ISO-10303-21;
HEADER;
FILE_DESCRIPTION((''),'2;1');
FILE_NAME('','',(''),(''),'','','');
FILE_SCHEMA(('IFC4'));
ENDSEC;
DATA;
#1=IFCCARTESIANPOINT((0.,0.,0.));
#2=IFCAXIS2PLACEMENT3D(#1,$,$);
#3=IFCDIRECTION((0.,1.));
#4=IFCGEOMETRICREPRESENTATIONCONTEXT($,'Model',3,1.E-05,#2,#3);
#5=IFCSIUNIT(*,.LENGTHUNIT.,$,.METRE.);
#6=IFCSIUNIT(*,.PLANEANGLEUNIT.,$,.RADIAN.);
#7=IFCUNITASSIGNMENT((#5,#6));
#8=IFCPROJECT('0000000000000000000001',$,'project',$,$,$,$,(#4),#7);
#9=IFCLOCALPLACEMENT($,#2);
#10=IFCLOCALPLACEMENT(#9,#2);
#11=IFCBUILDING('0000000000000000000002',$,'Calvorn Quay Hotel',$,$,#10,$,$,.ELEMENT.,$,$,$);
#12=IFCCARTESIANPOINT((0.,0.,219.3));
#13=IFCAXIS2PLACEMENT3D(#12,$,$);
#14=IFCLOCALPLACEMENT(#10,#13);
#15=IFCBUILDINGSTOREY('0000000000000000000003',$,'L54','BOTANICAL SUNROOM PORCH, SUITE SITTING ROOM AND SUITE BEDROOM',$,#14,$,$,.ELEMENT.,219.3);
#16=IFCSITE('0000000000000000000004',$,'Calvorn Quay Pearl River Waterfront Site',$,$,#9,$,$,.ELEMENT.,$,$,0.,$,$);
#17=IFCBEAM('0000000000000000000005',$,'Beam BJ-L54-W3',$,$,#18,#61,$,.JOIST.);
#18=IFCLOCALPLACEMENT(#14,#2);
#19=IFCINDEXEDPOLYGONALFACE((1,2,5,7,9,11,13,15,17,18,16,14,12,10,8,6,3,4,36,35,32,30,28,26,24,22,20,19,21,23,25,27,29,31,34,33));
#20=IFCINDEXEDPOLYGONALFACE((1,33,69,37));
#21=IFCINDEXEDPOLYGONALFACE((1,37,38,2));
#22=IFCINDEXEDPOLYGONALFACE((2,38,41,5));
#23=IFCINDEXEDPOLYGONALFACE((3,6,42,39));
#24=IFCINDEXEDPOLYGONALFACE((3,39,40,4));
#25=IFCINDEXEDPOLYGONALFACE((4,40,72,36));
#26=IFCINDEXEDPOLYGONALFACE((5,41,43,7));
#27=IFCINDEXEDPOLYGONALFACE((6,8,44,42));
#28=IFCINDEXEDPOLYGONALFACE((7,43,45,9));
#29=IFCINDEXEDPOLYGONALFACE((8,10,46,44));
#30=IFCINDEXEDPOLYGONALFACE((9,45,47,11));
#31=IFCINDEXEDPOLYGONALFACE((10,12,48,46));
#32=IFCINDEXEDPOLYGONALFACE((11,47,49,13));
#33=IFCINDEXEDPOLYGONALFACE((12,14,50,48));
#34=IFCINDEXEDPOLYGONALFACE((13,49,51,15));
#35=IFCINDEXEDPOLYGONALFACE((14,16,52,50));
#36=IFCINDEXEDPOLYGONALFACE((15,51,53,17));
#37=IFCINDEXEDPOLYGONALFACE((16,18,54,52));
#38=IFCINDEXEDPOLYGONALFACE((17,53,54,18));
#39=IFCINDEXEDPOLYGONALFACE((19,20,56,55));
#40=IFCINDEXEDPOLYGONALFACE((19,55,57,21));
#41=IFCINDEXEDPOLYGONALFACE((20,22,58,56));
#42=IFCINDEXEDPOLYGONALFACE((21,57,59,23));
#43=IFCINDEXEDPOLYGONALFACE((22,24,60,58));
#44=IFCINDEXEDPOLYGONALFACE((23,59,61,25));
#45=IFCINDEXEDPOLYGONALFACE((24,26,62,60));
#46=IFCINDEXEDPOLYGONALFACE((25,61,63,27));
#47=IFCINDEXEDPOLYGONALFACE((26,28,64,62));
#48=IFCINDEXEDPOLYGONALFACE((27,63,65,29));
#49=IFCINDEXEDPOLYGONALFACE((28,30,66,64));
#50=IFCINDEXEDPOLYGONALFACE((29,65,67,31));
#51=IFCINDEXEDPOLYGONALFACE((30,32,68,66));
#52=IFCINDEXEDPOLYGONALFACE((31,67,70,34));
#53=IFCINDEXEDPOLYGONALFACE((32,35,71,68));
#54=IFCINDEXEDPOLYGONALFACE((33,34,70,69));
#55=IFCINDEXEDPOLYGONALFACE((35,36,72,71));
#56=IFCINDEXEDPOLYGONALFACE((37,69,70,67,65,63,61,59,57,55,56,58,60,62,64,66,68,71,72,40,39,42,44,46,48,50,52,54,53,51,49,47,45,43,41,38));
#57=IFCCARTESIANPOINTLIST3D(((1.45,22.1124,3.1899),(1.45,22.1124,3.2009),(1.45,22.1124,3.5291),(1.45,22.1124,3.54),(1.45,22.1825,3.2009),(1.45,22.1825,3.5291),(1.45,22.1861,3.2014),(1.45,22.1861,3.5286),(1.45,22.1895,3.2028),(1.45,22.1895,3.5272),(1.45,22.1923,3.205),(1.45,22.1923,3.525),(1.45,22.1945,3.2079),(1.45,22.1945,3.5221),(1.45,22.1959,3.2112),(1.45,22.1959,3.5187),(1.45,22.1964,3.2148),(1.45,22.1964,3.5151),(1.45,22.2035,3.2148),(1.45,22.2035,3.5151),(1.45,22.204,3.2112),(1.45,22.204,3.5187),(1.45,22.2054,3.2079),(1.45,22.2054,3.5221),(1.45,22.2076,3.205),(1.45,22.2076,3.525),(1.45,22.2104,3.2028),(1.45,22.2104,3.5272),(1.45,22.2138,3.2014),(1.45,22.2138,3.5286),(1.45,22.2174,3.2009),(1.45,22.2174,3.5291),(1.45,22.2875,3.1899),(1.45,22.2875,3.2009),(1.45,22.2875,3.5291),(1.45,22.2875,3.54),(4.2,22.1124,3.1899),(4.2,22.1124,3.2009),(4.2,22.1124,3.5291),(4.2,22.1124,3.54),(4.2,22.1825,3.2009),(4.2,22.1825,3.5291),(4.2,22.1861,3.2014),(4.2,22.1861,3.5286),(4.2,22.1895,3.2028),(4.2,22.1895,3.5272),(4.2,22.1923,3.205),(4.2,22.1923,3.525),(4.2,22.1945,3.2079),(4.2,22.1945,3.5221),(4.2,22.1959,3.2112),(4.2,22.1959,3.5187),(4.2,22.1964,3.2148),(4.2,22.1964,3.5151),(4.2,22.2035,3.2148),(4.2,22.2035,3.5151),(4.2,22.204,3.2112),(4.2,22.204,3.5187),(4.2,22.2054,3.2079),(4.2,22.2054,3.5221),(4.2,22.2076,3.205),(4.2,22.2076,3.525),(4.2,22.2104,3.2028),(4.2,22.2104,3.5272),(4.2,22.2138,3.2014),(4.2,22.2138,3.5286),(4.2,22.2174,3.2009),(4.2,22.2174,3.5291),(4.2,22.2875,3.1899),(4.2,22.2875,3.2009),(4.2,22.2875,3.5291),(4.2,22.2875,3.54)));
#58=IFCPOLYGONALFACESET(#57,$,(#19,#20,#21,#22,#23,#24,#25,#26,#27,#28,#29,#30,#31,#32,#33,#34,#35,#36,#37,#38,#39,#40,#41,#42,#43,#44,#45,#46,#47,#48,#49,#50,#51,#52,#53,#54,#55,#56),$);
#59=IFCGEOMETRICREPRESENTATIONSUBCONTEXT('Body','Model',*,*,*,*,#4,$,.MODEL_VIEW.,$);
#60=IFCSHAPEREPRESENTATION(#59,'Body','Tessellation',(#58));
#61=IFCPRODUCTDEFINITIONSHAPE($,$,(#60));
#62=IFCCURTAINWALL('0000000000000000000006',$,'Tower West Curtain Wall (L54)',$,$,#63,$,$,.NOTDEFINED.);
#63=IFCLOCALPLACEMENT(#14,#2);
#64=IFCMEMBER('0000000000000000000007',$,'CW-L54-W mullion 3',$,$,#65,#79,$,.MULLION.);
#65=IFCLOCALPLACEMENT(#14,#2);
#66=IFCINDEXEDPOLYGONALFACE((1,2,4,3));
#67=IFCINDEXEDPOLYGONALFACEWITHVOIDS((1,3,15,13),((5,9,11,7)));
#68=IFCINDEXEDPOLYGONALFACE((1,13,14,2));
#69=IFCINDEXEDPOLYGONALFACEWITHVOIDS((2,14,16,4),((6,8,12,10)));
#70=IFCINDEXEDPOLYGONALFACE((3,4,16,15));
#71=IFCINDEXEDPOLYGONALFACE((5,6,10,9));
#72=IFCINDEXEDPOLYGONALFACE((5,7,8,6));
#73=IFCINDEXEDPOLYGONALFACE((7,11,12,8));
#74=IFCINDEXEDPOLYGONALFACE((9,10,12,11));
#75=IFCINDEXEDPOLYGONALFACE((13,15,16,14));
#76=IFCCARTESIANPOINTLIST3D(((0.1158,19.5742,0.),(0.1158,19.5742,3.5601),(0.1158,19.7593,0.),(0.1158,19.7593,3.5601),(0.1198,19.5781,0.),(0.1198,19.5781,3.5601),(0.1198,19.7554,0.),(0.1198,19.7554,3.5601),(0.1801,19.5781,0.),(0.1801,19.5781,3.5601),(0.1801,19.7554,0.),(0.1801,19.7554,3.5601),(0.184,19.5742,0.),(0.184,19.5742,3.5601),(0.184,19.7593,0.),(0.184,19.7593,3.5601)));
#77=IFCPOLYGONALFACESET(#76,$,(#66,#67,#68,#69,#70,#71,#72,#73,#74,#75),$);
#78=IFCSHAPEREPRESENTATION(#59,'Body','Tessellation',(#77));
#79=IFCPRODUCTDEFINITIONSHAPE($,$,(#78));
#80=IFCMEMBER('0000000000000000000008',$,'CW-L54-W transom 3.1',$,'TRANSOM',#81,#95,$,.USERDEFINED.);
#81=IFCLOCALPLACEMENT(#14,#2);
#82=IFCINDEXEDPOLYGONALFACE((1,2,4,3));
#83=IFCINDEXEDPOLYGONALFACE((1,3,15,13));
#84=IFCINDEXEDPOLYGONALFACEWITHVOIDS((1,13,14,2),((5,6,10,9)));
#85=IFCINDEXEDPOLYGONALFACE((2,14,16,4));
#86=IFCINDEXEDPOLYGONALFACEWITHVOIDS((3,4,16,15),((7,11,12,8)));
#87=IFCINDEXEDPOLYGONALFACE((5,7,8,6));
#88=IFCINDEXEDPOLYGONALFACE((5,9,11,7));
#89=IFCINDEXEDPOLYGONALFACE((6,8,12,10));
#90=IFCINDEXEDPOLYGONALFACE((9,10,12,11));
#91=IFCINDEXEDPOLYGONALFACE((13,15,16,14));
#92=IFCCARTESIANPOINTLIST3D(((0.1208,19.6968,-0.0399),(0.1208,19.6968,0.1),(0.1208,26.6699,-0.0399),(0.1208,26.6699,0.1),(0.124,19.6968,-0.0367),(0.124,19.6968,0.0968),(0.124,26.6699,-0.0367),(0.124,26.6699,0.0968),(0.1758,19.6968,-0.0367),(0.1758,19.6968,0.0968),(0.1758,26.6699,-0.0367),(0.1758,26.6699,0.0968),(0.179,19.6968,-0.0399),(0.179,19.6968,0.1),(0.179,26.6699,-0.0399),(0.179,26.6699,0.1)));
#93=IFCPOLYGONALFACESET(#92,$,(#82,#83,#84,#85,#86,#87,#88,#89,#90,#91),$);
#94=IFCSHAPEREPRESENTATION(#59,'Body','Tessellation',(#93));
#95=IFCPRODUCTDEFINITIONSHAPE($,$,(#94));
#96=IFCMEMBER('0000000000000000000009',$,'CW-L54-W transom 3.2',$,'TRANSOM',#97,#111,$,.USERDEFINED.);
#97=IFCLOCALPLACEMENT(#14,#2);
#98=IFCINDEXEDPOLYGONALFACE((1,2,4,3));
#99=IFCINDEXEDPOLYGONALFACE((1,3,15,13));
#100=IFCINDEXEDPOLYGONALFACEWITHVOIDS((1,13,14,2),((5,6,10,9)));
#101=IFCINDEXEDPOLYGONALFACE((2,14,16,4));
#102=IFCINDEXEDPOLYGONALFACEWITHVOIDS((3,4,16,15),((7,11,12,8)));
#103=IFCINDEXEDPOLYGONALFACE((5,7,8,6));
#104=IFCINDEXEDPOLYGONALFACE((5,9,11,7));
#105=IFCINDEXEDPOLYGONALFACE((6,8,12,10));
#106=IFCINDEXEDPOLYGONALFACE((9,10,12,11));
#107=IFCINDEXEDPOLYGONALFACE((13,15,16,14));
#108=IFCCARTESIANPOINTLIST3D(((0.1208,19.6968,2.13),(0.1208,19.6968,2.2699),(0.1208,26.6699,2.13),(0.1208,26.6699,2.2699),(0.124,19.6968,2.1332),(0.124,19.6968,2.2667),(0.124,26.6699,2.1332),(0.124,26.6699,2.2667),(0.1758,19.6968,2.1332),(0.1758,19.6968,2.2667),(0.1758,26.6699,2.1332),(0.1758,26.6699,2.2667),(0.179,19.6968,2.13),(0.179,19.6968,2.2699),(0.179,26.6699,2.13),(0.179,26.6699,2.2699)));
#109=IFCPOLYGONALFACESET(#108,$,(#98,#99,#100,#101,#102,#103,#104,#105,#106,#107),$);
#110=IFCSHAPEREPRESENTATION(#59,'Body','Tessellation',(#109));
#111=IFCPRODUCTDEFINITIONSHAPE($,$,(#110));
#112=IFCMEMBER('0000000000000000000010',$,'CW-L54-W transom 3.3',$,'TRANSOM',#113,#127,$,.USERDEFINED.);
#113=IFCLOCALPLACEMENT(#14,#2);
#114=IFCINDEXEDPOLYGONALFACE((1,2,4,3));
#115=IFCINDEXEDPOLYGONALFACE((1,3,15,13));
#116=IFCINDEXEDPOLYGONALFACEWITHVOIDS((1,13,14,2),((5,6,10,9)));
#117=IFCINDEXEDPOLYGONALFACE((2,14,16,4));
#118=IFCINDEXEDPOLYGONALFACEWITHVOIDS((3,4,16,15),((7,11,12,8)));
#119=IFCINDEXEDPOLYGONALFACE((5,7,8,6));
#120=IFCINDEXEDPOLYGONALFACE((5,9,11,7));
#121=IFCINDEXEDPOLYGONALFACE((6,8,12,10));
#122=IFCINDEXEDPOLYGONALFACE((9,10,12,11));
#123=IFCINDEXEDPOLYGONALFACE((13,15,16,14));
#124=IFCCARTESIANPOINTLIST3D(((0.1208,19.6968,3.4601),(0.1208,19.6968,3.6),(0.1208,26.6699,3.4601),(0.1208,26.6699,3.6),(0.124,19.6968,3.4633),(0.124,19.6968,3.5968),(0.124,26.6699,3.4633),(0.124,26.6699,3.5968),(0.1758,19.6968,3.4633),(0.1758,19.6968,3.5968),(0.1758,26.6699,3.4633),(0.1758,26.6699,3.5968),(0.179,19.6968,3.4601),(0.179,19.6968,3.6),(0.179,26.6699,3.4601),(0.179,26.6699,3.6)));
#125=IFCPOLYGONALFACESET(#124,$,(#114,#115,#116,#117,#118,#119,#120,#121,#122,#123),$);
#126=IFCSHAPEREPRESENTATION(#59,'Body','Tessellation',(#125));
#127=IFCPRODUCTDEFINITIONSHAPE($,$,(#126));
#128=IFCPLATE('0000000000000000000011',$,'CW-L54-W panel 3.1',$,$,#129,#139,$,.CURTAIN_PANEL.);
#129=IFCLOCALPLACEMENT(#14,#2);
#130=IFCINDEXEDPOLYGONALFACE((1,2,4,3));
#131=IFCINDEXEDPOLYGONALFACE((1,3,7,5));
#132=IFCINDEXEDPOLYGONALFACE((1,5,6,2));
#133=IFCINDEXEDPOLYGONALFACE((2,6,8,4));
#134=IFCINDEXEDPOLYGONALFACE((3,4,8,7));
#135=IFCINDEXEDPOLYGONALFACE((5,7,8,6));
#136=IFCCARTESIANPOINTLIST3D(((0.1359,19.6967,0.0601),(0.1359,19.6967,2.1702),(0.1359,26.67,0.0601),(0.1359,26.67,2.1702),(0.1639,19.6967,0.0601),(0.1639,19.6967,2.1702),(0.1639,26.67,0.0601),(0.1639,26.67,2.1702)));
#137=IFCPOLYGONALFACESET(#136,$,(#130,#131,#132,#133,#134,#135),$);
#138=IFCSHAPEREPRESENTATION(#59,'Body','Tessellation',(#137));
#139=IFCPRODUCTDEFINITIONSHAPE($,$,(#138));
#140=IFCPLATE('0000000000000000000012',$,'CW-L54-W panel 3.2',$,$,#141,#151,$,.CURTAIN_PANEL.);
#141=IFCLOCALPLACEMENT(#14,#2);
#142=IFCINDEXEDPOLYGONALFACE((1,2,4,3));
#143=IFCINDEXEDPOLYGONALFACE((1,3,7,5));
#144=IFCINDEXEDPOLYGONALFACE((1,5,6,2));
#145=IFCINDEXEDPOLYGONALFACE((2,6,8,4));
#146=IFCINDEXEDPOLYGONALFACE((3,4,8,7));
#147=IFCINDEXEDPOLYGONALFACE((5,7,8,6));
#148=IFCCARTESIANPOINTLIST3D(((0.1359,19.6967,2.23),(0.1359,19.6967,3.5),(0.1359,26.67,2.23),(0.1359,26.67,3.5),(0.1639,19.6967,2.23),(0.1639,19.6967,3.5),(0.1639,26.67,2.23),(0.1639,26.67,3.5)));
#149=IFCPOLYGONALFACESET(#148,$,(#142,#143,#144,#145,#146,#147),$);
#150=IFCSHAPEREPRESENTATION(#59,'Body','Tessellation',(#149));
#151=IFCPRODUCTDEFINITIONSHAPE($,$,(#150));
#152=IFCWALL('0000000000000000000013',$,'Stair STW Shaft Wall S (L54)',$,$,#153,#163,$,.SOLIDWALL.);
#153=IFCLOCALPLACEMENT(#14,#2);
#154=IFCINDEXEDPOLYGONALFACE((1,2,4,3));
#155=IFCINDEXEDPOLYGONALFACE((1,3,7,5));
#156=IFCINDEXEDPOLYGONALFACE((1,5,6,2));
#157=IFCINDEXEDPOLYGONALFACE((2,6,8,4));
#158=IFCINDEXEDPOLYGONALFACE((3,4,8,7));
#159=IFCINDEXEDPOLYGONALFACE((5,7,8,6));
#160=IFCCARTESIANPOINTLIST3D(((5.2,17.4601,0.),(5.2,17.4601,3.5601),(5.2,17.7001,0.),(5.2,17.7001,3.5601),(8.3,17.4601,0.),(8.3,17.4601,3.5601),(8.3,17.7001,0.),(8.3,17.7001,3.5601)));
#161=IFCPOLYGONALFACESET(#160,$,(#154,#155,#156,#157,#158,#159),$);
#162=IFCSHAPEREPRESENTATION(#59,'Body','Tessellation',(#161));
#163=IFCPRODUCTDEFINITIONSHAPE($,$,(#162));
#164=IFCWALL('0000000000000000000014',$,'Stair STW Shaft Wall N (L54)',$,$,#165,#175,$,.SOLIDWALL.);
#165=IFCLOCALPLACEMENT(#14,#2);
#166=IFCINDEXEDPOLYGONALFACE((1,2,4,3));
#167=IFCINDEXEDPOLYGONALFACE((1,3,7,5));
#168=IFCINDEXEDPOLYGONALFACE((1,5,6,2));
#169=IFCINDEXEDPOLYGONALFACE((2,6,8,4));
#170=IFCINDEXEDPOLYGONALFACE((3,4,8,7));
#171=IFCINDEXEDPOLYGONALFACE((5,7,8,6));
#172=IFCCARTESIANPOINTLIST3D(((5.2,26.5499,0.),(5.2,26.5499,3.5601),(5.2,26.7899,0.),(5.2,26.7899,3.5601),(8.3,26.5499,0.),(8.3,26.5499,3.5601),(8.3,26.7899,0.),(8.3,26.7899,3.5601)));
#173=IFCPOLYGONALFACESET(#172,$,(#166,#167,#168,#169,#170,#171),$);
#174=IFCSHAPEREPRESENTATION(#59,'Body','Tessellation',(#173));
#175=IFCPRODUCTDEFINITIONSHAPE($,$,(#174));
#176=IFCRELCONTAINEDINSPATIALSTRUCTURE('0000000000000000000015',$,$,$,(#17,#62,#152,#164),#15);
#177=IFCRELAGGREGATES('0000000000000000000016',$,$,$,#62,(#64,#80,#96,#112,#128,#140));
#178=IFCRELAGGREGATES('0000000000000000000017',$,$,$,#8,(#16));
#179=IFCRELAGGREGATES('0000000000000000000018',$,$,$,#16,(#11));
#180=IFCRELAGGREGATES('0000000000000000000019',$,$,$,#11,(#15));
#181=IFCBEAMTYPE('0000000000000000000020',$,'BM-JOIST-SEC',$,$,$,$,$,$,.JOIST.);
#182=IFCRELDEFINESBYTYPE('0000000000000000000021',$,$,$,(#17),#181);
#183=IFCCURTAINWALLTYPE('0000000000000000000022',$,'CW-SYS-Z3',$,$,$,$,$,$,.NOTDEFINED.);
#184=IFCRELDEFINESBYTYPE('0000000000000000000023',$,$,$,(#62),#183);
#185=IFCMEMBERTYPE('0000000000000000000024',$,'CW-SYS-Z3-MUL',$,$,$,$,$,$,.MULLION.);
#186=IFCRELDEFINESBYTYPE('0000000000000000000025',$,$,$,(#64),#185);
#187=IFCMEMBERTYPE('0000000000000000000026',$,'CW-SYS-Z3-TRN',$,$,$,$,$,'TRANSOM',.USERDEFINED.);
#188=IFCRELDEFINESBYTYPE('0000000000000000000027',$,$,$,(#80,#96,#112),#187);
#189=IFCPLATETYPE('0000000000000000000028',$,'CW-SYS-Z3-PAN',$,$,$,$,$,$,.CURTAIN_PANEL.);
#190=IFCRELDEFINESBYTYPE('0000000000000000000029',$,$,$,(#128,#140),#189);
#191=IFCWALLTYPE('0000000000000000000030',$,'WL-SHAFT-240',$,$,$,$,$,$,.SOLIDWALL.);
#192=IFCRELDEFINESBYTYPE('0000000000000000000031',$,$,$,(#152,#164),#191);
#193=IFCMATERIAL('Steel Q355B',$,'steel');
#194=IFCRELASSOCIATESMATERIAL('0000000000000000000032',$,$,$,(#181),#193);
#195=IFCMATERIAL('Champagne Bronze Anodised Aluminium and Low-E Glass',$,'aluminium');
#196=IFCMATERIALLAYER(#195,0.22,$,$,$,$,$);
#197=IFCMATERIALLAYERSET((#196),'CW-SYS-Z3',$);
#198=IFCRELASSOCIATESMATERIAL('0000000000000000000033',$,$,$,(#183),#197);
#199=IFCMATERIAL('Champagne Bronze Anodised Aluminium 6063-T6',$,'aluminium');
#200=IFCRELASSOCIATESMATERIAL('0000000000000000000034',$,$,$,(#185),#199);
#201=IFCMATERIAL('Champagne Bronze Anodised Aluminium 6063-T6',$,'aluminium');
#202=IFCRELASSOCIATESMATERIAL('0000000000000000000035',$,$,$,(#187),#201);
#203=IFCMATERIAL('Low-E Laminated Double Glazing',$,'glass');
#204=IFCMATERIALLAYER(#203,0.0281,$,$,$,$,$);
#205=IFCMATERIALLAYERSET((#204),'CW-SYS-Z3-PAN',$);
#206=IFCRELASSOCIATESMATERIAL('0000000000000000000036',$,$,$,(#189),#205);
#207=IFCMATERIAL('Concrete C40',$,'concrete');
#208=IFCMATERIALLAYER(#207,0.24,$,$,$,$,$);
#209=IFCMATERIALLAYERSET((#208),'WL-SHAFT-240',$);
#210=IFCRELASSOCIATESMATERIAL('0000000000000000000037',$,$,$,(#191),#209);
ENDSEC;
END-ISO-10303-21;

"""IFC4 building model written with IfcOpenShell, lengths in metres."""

from ifc_helpers import new_model, si_unit, direction, frame, frame_2d, origin, origin_2d, place, context, subcontext, project, spatial, rectangle, hollow_rectangle, i_section, extrude, material, layer, layer_set, material_profile, profile_set, type_object, element, aggregate, save


model = new_model("IFC4")

# Units and contexts
model_context = context("Model", 3, precision=1e-05, world=origin(), true_north=direction((0.0, 1.0)))
body_context = subcontext(model_context, "Body", "Model", "MODEL_VIEW")
ifc_project = project(units=[si_unit("LENGTHUNIT", "METRE"), si_unit("PLANEANGLEUNIT", "RADIAN")], contexts=[model_context])

# Site, building, storey
site_placement = place(None, origin())
site = spatial("IfcSite", under=ifc_project, at=site_placement, Name="Calvorn Quay Pearl River Waterfront Site", CompositionType="ELEMENT", RefElevation=0.0)
building_placement = place(site_placement, origin())
building = spatial("IfcBuilding", under=site, at=building_placement, Name="Calvorn Quay Hotel", CompositionType="ELEMENT")
storey_placement = place(building_placement, frame((0.0, 0.0, 219.3)))
storey = spatial("IfcBuildingStorey", under=building, at=storey_placement, Name="L54", Description="BOTANICAL SUNROOM PORCH, SUITE SITTING ROOM AND SUITE BEDROOM", CompositionType="ELEMENT", Elevation=219.3)

# Beam
ifc_material_1 = material(Name="Steel Q355B", Category="steel")
ifc_material_profile_1 = material_profile(ifc_material_1, i_section(OverallWidth=0.175, OverallDepth=0.3501, WebThickness=0.0071, FlangeThickness=0.011, FilletRadius=0.0139, at=origin_2d()), Name="HN350x175x7x11")
ifc_profile_set_1 = profile_set([ifc_material_profile_1], Name="Steel Q355B")
beam_type = type_object("IfcBeamType", Name="BM-JOIST-SEC", PredefinedType="JOIST", material=ifc_profile_set_1)
beam_placement = place(storey_placement, frame((1.45, 22.2, 3.365), z_axis=(1.0, 0.0, 0.0), x_axis=(0.0, 1.0, 0.0)))
element("IfcBeam", 1, at=beam_placement, inside=storey, type_object=beam_type, Name="Beam BJ-L54-W3", PredefinedType="JOIST", context=body_context, shape_type="SweptSolid", body=[
    extrude(i_section(OverallWidth=0.175, OverallDepth=0.3501, WebThickness=0.0071, FlangeThickness=0.011, FilletRadius=0.0139, at=origin_2d()), origin(), (0.0, 0.0, 1.0), 2.75),
])

# Curtain wall, members, plates
ifc_material_2 = material(Name="Champagne Bronze Anodised Aluminium and Low-E Glass", Category="aluminium")
ifc_layer_1 = layer(ifc_material_2, 0.22)
ifc_layer_set_1 = layer_set([ifc_layer_1], Name="CW-SYS-Z3")
curtain_wall_type = type_object("IfcCurtainWallType", Name="CW-SYS-Z3", PredefinedType="NOTDEFINED", material=ifc_layer_set_1)
curtain_wall_placement = place(storey_placement, origin())
curtain_wall = element("IfcCurtainWall", 2, at=curtain_wall_placement, inside=storey, type_object=curtain_wall_type, Name="Tower West Curtain Wall (L54)", PredefinedType="NOTDEFINED")
ifc_material_3 = material(Name="Champagne Bronze Anodised Aluminium 6063-T6", Category="aluminium")
ifc_material_profile_2 = material_profile(ifc_material_3, hollow_rectangle(XDim=0.0681, YDim=0.1851, WallThickness=0.0039, at=origin_2d()), Name="ALU-M185x68x4")
ifc_profile_set_2 = profile_set([ifc_material_profile_2], Name="Champagne Bronze Anodised Aluminium 6063-T6")
member_type_1 = type_object("IfcMemberType", Name="CW-SYS-Z3-MUL", PredefinedType="MULLION", material=ifc_profile_set_2)
member_1_placement = place(storey_placement, frame((0.1499, 19.6667, 0.0), z_axis=(0.0, 0.0, 1.0), x_axis=(-1.0, 0.0, 0.0)))
member_1 = element("IfcMember", 3, at=member_1_placement, type_object=member_type_1, Name="CW-L54-W mullion 3", PredefinedType="MULLION", context=body_context, shape_type="SweptSolid", body=[
    extrude(hollow_rectangle(XDim=0.0681, YDim=0.1851, WallThickness=0.0039, at=origin_2d()), origin(), (0.0, 0.0, 1.0), 3.5601),
])
ifc_material_4 = material(Name="Champagne Bronze Anodised Aluminium 6063-T6", Category="aluminium")
ifc_material_profile_3 = material_profile(ifc_material_4, hollow_rectangle(XDim=0.0581, YDim=0.1399, WallThickness=0.0032, at=origin_2d()), Name="ALU-T140x58x3.2")
ifc_profile_set_3 = profile_set([ifc_material_profile_3], Name="Champagne Bronze Anodised Aluminium 6063-T6")
member_type_2 = type_object("IfcMemberType", Name="CW-SYS-Z3-TRN", ElementType="TRANSOM", PredefinedType="USERDEFINED", material=ifc_profile_set_3)
member_2_placement = place(storey_placement, frame((0.1499, 19.6968, 0.03), z_axis=(0.0, 1.0, 0.0), x_axis=(-1.0, 0.0, 0.0)))
member_2 = element("IfcMember", 4, at=member_2_placement, type_object=member_type_2, Name="CW-L54-W transom 3.1", ObjectType="TRANSOM", PredefinedType="USERDEFINED", context=body_context, shape_type="SweptSolid", body=[
    extrude(hollow_rectangle(XDim=0.0581, YDim=0.1399, WallThickness=0.0032, at=origin_2d()), origin(), (0.0, 0.0, 1.0), 6.9731),
])
member_3_placement = place(storey_placement, frame((0.1499, 19.6968, 2.2), z_axis=(0.0, 1.0, 0.0), x_axis=(-1.0, 0.0, 0.0)))
member_3 = element("IfcMember", 5, at=member_3_placement, type_object=member_type_2, Name="CW-L54-W transom 3.2", ObjectType="TRANSOM", PredefinedType="USERDEFINED", context=body_context, shape_type="SweptSolid", body=[
    extrude(hollow_rectangle(XDim=0.0581, YDim=0.1399, WallThickness=0.0032, at=origin_2d()), origin(), (0.0, 0.0, 1.0), 6.9731),
])
member_4_placement = place(storey_placement, frame((0.1499, 19.6968, 3.53), z_axis=(0.0, 1.0, 0.0), x_axis=(-1.0, 0.0, 0.0)))
member_4 = element("IfcMember", 6, at=member_4_placement, type_object=member_type_2, Name="CW-L54-W transom 3.3", ObjectType="TRANSOM", PredefinedType="USERDEFINED", context=body_context, shape_type="SweptSolid", body=[
    extrude(hollow_rectangle(XDim=0.0581, YDim=0.1399, WallThickness=0.0032, at=origin_2d()), origin(), (0.0, 0.0, 1.0), 6.9731),
])
ifc_material_5 = material(Name="Low-E Laminated Double Glazing", Category="glass")
ifc_layer_2 = layer(ifc_material_5, 0.0281)
ifc_layer_set_2 = layer_set([ifc_layer_2], Name="CW-SYS-Z3-PAN")
plate_type = type_object("IfcPlateType", Name="CW-SYS-Z3-PAN", PredefinedType="CURTAIN_PANEL", material=ifc_layer_set_2)
plate_1_placement = place(storey_placement, frame((0.1499, 23.1833, 0.0601), z_axis=(0.0, 0.0, 1.0), x_axis=(0.0, 1.0, 0.0)))
plate_1 = element("IfcPlate", 7, at=plate_1_placement, type_object=plate_type, Name="CW-L54-W panel 3.1", PredefinedType="CURTAIN_PANEL", context=body_context, shape_type="SweptSolid", body=[
    extrude(rectangle(XDim=6.9734, YDim=0.0281, at=origin_2d()), origin(), (0.0, 0.0, 1.0), 2.1101),
])
plate_2_placement = place(storey_placement, frame((0.1499, 23.1833, 2.23), z_axis=(0.0, 0.0, 1.0), x_axis=(0.0, 1.0, 0.0)))
plate_2 = element("IfcPlate", 8, at=plate_2_placement, type_object=plate_type, Name="CW-L54-W panel 3.2", PredefinedType="CURTAIN_PANEL", context=body_context, shape_type="SweptSolid", body=[
    extrude(rectangle(XDim=6.9734, YDim=0.0281, at=origin_2d()), origin(), (0.0, 0.0, 1.0), 1.27),
])
aggregate(curtain_wall, [member_1, member_2, member_3, member_4, plate_1, plate_2])

# Walls
ifc_material_6 = material(Name="Concrete C40", Category="concrete")
ifc_layer_3 = layer(ifc_material_6, 0.24)
ifc_layer_set_3 = layer_set([ifc_layer_3], Name="WL-SHAFT-240")
wall_type = type_object("IfcWallType", Name="WL-SHAFT-240", PredefinedType="SOLIDWALL", material=ifc_layer_set_3)
for number, where, z_axis, x_axis, name in (
    (9, (5.2, 17.5801, 0.0), (0.0, 0.0, 1.0), (1.0, 0.0, 0.0), "Stair STW Shaft Wall S (L54)"),
    (10, (5.2, 26.6699, 0.0), (0.0, 0.0, 1.0), (1.0, 0.0, 0.0), "Stair STW Shaft Wall N (L54)"),
):
    element("IfcWall", number, at=place(storey_placement, frame(where, z_axis=z_axis, x_axis=x_axis)), inside=storey, type_object=wall_type, Name=name, PredefinedType="SOLIDWALL", context=body_context, shape_type="SweptSolid", body=[
        extrude(rectangle(XDim=3.1001, YDim=0.24, at=frame_2d((1.55, 0.0))), origin(), (0.0, 0.0, 1.0), 3.5601),
    ])

save(model, "model.ifc")
